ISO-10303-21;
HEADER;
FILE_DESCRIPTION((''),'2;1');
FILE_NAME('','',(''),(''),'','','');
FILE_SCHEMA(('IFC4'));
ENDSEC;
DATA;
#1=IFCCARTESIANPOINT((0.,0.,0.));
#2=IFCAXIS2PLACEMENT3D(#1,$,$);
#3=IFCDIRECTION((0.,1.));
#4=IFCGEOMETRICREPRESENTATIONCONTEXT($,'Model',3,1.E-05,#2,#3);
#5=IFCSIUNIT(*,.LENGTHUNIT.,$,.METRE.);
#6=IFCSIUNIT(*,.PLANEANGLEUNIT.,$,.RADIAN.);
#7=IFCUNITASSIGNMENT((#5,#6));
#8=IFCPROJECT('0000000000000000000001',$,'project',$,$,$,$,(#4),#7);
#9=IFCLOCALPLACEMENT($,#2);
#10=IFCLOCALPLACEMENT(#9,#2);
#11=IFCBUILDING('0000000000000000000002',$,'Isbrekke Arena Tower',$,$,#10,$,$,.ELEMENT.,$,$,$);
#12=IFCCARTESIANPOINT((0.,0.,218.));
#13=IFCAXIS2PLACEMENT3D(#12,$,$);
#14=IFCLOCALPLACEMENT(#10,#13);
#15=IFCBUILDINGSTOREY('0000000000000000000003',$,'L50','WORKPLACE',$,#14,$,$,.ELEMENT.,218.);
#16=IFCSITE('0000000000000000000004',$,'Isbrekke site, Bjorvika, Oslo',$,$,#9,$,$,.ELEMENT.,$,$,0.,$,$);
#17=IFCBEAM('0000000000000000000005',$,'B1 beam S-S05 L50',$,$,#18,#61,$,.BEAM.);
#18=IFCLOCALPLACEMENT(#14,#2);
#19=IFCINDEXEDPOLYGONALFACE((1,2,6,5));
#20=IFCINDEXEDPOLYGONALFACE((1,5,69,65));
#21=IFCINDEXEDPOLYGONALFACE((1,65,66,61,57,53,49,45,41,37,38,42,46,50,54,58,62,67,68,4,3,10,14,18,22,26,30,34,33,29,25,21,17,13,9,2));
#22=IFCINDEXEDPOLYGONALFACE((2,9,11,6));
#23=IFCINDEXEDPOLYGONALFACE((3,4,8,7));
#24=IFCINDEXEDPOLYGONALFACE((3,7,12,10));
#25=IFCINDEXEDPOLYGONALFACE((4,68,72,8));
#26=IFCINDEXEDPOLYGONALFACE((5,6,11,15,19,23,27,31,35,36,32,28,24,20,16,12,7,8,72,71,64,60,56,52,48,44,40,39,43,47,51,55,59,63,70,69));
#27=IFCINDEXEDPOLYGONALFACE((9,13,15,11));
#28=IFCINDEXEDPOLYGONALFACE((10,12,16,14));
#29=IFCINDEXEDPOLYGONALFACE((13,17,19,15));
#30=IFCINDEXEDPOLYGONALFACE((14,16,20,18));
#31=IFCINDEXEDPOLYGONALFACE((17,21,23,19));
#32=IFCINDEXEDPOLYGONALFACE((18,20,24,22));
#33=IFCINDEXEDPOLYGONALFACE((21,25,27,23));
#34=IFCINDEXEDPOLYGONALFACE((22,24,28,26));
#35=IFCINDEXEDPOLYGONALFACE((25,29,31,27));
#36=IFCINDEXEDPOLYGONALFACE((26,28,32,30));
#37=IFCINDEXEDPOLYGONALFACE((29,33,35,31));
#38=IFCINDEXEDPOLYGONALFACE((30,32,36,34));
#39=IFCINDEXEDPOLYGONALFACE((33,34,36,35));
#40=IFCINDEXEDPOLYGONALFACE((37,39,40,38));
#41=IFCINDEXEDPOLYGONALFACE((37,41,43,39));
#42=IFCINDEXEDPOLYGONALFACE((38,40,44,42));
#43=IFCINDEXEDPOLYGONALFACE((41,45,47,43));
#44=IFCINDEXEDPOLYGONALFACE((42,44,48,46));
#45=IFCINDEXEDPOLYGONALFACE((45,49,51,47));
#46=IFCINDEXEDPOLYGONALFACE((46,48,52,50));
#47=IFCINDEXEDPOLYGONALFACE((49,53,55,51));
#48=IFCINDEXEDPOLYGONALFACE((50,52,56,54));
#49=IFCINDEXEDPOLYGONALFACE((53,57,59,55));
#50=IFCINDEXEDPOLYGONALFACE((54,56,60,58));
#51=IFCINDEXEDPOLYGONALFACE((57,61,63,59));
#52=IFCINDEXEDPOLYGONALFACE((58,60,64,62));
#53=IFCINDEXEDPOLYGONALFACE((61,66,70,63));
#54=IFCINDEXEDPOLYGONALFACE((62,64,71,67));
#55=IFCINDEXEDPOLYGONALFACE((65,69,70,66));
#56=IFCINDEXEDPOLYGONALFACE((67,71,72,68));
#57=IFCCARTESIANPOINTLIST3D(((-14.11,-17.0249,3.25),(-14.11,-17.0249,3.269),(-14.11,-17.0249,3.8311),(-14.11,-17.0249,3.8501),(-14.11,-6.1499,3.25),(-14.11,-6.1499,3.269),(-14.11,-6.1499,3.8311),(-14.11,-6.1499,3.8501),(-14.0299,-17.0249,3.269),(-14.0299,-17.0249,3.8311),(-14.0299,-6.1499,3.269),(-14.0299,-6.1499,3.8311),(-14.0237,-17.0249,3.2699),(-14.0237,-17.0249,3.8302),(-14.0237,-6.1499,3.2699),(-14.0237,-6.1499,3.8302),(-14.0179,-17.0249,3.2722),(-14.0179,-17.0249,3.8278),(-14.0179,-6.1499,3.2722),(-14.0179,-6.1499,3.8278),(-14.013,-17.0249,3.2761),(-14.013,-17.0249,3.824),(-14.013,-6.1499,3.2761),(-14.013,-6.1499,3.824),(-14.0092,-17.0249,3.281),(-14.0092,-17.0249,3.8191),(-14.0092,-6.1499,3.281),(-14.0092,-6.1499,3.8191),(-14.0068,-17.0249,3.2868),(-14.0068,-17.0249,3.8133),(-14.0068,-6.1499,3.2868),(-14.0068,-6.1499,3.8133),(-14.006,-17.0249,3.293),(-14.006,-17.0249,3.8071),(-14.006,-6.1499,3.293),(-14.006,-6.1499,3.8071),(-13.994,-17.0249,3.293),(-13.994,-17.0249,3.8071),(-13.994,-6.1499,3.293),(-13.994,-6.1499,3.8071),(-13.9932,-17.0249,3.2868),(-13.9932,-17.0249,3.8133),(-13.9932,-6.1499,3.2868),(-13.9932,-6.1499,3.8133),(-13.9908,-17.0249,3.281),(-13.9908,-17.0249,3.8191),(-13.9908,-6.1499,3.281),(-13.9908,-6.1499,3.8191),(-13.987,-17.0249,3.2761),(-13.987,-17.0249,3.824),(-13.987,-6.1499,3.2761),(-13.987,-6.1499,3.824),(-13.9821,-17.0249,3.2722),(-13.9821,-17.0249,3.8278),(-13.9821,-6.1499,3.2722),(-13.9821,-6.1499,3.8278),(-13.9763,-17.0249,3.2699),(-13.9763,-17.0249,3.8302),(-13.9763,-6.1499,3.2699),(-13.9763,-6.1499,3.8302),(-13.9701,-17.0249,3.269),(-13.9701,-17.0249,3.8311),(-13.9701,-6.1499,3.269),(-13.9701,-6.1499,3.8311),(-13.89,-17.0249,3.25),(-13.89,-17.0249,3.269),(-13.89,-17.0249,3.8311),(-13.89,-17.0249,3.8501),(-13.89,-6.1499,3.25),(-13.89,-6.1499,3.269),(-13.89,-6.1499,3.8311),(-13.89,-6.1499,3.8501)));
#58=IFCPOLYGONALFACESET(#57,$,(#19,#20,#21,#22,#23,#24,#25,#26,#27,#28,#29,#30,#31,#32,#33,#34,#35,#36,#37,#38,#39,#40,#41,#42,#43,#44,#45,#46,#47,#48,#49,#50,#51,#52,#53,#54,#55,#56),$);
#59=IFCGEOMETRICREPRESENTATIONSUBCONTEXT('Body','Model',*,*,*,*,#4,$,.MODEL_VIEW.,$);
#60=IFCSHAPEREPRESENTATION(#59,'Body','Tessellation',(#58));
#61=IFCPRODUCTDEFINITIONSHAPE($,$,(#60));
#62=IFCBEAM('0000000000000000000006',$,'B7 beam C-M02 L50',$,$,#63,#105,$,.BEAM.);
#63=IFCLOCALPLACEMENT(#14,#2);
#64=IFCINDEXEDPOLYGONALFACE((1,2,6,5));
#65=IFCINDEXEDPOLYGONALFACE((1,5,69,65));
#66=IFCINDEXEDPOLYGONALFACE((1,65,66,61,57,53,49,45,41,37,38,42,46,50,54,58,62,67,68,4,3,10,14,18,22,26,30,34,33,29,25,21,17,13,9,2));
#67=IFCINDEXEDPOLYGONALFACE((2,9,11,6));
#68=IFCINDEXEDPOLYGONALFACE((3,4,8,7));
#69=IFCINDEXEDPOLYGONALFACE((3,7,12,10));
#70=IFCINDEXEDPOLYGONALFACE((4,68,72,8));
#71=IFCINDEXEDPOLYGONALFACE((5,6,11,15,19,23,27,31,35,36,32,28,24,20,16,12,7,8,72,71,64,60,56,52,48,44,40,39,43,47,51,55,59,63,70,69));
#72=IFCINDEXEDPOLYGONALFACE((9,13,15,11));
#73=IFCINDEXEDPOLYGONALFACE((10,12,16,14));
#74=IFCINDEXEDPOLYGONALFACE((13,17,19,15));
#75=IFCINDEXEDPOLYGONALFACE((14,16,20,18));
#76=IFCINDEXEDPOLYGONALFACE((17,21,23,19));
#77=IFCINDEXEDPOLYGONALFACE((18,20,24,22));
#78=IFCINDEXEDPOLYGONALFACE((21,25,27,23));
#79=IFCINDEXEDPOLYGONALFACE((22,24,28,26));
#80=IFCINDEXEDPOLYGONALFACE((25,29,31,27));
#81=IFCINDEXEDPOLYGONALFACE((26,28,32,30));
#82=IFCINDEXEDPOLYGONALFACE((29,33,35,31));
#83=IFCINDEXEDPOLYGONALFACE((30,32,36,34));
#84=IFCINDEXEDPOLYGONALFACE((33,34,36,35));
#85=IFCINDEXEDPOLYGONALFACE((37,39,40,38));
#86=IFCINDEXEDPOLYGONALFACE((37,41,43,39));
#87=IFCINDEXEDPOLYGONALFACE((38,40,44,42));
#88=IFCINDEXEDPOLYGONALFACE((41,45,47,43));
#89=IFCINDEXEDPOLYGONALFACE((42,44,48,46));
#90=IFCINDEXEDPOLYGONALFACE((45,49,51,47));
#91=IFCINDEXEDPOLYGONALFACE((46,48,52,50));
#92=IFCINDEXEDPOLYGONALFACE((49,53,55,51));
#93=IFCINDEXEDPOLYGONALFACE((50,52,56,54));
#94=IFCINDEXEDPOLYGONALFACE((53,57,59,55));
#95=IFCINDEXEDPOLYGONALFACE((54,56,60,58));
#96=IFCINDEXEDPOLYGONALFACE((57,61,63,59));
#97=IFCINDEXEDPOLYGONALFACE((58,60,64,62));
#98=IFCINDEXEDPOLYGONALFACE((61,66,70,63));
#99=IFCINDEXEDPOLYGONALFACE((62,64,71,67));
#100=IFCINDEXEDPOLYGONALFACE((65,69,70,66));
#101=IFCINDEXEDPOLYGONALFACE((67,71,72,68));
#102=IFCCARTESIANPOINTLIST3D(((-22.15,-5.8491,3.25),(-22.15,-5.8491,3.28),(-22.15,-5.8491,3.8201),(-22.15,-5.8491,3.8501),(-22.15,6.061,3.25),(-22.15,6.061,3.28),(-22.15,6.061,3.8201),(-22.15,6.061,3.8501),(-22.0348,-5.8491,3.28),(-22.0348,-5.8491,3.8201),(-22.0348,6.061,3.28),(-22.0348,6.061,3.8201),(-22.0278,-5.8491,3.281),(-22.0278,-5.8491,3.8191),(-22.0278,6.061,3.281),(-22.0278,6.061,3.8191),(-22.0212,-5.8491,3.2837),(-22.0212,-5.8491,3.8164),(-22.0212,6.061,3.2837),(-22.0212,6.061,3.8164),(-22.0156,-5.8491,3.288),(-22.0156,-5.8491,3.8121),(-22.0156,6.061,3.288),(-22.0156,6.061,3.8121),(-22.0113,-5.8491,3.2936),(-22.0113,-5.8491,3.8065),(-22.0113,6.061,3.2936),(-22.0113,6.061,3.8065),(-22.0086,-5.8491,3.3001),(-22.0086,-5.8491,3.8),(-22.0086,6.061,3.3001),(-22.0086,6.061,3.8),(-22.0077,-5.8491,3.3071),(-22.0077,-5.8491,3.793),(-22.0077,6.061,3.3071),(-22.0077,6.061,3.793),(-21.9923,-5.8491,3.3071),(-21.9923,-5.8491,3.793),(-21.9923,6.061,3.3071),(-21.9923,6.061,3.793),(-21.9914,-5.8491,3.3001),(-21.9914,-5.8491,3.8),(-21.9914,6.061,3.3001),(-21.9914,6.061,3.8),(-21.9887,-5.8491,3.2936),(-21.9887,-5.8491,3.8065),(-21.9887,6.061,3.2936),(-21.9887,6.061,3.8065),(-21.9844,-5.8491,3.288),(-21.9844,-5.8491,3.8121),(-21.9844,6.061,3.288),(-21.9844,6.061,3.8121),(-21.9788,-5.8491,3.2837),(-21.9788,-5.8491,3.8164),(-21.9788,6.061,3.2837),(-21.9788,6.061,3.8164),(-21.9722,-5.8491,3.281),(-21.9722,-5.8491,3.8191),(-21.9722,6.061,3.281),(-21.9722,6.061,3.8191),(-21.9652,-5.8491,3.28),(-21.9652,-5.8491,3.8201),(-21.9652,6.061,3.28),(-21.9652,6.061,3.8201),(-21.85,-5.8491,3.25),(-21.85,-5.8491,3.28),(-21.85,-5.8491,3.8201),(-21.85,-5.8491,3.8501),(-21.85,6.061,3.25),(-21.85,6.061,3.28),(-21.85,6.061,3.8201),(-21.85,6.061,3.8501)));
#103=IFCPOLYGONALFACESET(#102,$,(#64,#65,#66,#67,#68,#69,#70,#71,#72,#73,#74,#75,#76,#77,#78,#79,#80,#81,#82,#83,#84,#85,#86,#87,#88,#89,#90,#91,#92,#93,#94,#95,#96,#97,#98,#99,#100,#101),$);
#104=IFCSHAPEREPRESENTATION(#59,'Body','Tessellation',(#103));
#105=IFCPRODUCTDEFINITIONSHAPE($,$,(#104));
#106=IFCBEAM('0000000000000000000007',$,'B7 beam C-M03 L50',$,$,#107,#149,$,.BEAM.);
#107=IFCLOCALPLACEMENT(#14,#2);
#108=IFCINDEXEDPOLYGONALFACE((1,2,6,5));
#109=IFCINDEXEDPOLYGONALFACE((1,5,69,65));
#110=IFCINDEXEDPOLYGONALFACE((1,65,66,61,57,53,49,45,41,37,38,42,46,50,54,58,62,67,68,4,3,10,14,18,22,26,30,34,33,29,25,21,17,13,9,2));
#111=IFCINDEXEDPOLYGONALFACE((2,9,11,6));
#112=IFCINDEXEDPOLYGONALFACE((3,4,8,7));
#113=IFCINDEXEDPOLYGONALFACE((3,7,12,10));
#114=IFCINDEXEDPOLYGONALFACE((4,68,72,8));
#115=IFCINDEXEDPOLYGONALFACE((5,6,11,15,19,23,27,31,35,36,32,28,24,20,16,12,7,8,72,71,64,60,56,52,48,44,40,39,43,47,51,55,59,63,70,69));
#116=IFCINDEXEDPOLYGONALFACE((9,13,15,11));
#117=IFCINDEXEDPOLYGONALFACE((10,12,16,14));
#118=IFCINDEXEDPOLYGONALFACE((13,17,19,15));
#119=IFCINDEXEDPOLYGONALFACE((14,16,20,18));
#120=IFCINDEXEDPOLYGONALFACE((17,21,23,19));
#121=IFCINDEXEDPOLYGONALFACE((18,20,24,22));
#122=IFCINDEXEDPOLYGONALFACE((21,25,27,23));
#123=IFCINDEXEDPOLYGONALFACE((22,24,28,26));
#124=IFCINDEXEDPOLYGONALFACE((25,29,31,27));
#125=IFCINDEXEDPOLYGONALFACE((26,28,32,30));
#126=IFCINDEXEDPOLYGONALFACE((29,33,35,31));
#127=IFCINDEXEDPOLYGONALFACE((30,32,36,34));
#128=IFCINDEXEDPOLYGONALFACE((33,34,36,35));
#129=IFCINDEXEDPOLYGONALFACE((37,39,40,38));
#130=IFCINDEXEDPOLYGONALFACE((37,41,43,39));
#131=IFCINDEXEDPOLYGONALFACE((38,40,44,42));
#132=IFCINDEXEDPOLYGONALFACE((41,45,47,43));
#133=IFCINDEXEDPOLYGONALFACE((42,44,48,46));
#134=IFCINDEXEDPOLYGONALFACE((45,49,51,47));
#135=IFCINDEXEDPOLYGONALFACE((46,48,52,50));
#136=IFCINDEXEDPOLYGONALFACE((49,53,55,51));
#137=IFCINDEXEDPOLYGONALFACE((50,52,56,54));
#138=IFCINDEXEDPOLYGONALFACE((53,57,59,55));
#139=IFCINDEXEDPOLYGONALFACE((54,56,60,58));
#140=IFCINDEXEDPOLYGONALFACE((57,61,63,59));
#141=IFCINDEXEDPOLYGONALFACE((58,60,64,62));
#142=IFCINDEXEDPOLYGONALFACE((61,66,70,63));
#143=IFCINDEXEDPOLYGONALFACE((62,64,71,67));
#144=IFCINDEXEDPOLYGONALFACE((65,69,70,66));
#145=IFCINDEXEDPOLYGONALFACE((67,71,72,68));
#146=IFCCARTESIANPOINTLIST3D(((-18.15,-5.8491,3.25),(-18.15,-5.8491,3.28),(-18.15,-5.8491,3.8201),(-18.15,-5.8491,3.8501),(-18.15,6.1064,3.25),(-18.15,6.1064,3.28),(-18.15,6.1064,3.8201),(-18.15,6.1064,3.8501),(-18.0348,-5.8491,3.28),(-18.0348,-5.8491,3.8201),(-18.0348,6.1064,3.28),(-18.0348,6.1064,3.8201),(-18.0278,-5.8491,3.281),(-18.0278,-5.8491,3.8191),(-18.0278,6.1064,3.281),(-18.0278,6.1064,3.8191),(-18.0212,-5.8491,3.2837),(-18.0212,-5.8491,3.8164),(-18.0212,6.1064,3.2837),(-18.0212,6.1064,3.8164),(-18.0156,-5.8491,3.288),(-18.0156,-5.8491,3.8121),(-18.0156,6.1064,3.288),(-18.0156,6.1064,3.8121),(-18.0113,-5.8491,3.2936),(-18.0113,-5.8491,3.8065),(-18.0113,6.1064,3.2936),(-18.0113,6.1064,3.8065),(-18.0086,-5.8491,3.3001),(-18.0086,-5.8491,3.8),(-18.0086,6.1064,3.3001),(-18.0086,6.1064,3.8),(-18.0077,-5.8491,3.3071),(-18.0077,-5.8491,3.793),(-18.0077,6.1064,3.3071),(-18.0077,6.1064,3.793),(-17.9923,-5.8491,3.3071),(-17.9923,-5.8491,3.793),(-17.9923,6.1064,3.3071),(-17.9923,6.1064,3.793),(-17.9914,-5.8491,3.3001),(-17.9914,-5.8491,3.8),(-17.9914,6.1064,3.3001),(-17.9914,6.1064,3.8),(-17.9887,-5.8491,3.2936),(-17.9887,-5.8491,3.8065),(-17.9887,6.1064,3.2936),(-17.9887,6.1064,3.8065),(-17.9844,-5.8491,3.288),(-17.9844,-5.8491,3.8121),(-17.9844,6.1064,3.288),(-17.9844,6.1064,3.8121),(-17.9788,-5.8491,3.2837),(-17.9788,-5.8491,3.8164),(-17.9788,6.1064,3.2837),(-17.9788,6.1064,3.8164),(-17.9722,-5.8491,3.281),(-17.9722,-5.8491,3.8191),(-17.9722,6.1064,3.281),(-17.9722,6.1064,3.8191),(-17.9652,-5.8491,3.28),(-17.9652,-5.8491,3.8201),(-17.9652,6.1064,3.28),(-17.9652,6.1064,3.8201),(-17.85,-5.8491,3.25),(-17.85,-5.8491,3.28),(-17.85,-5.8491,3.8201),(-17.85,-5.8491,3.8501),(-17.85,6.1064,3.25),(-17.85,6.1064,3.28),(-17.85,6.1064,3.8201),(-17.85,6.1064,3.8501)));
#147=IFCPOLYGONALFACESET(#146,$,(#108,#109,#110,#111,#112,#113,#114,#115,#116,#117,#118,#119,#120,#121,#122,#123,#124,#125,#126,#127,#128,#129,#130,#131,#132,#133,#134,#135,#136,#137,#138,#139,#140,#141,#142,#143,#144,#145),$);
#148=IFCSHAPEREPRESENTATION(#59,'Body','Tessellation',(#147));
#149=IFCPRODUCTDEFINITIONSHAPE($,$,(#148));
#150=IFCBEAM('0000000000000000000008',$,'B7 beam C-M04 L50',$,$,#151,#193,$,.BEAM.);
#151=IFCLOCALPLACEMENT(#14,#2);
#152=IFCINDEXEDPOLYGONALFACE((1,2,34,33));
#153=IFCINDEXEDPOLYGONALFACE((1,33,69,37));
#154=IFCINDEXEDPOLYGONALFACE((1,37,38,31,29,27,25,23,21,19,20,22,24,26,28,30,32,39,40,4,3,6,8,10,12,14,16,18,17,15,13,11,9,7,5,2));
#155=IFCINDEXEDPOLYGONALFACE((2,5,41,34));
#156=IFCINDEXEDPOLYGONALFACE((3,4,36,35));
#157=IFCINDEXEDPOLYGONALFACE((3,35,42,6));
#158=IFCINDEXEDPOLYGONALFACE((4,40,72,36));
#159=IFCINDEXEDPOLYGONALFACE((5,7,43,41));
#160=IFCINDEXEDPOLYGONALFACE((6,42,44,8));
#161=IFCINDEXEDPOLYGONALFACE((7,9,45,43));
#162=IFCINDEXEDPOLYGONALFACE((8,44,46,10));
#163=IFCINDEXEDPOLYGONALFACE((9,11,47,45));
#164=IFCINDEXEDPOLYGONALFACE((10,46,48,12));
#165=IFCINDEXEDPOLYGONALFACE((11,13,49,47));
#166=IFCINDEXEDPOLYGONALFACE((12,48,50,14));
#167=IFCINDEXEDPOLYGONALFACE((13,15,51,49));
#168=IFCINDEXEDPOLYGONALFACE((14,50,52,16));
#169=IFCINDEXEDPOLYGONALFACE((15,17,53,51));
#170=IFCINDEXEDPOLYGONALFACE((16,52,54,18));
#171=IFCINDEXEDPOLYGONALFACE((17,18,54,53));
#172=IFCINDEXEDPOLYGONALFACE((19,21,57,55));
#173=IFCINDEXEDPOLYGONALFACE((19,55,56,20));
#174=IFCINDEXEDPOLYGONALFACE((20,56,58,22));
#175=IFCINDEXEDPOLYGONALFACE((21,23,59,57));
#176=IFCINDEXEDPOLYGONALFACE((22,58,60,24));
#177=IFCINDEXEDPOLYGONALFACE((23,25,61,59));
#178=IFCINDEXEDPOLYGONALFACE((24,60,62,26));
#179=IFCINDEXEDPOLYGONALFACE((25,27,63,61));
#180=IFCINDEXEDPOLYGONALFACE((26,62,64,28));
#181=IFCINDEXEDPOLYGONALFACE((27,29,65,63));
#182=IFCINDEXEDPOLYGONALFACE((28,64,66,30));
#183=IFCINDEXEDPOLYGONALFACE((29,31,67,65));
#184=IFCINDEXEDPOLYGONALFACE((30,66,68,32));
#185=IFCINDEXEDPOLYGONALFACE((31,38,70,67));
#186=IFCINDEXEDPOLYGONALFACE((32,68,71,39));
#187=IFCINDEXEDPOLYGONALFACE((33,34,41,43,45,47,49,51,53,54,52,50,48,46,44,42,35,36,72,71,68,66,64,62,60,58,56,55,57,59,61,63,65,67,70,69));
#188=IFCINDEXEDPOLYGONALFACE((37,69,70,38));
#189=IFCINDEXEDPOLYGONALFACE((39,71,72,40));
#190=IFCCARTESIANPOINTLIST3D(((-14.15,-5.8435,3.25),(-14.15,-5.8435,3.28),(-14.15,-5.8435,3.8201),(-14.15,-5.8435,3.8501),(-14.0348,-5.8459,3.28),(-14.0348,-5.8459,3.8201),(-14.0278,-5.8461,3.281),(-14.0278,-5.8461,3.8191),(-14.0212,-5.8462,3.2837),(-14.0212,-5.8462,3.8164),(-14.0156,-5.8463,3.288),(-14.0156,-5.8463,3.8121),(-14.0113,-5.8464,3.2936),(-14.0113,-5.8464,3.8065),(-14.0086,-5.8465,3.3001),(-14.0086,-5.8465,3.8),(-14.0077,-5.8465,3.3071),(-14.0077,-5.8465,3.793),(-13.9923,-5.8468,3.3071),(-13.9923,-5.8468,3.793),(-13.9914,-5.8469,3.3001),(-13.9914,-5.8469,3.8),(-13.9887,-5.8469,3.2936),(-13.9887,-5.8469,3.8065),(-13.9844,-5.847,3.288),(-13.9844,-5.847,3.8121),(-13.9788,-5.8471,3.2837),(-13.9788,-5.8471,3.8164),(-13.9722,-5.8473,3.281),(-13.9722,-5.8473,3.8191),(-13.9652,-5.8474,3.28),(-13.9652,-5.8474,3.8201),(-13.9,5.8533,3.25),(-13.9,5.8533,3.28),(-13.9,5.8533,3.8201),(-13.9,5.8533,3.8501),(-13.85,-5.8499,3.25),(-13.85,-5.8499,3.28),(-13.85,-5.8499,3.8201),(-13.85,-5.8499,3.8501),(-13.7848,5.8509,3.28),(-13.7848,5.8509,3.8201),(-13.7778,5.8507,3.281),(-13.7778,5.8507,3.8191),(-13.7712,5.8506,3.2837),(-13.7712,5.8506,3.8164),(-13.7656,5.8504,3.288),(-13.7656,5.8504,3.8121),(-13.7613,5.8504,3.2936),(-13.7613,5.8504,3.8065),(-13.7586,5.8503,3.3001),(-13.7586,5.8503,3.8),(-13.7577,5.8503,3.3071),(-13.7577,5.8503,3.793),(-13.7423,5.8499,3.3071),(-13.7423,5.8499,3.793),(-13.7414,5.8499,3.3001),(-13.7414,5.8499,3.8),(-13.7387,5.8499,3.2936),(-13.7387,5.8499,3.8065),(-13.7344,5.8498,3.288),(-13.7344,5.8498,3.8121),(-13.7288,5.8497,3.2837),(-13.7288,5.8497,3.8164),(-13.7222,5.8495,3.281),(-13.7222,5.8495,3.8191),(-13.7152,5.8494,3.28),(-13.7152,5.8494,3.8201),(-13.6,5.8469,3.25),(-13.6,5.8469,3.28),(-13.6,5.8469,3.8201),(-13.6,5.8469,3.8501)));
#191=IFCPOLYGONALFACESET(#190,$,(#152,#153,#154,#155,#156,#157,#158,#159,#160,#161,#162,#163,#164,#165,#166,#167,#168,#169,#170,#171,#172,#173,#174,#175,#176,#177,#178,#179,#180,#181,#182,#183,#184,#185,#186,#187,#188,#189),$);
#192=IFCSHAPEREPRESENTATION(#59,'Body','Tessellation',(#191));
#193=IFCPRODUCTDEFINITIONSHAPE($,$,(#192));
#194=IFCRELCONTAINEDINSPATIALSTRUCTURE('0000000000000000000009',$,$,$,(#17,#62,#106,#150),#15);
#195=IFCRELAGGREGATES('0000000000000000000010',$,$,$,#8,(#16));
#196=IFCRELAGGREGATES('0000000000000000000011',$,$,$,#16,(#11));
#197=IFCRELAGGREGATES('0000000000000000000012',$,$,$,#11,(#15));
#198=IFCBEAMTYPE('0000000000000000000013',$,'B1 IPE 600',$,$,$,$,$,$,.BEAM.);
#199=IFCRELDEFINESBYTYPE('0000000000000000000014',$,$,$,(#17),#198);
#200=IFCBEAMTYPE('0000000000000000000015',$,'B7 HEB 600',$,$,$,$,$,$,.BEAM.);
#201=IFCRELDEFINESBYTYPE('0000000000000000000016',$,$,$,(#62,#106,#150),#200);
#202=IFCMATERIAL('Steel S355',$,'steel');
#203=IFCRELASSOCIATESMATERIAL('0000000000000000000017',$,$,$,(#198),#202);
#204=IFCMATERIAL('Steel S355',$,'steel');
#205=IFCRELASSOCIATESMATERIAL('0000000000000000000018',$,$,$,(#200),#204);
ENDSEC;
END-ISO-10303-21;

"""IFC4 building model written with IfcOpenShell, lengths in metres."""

from ifc_helpers import new_model, si_unit, direction, frame, origin, origin_2d, place, context, subcontext, project, spatial, i_section, extrude, material, material_profile, profile_set, type_object, element, save


model = new_model("IFC4")

# Units and contexts
model_context = context("Model", 3, precision=1e-05, world=origin(), true_north=direction((0.0, 1.0)))
body_context = subcontext(model_context, "Body", "Model", "MODEL_VIEW")
ifc_project = project(units=[si_unit("LENGTHUNIT", "METRE"), si_unit("PLANEANGLEUNIT", "RADIAN")], contexts=[model_context])

# Site, building, storey
site_placement = place(None, origin())
site = spatial("IfcSite", under=ifc_project, at=site_placement, Name="Isbrekke site, Bjorvika, Oslo", CompositionType="ELEMENT", RefElevation=0.0)
building_placement = place(site_placement, origin())
building = spatial("IfcBuilding", under=site, at=building_placement, Name="Isbrekke Arena Tower", CompositionType="ELEMENT")
storey_placement = place(building_placement, frame((0.0, 0.0, 218.0)))
storey = spatial("IfcBuildingStorey", under=building, at=storey_placement, Name="L50", Description="WORKPLACE", CompositionType="ELEMENT", Elevation=218.0)

# Beams
ifc_material_1 = material(Name="Steel S355", Category="steel")
ifc_material_profile_1 = material_profile(ifc_material_1, i_section(OverallWidth=0.22, OverallDepth=0.6001, WebThickness=0.012, FlangeThickness=0.019, FilletRadius=0.0239, at=origin_2d()), Name="IPE 600")
ifc_profile_set_1 = profile_set([ifc_material_profile_1], Name="Steel S355")
beam_type_1 = type_object("IfcBeamType", Name="B1 IPE 600", PredefinedType="BEAM", material=ifc_profile_set_1)
beam_1_placement = place(storey_placement, frame((-14.0, -17.0249, 3.55), z_axis=(0.0, 1.0, 0.0), x_axis=(-1.0, 0.0, 0.0)))
element("IfcBeam", 1, at=beam_1_placement, inside=storey, type_object=beam_type_1, Name="B1 beam S-S05 L50", PredefinedType="BEAM", context=body_context, shape_type="SweptSolid", body=[
    extrude(i_section(OverallWidth=0.22, OverallDepth=0.6001, WebThickness=0.012, FlangeThickness=0.019, FilletRadius=0.0239, at=origin_2d()), origin(), (0.0, 0.0, 1.0), 10.875),
])
ifc_material_2 = material(Name="Steel S355", Category="steel")
ifc_material_profile_2 = material_profile(ifc_material_2, i_section(OverallWidth=0.3, OverallDepth=0.6001, WebThickness=0.0154, FlangeThickness=0.03, FilletRadius=0.0271, at=origin_2d()), Name="HEB 600")
ifc_profile_set_2 = profile_set([ifc_material_profile_2], Name="Steel S355")
beam_type_2 = type_object("IfcBeamType", Name="B7 HEB 600", PredefinedType="BEAM", material=ifc_profile_set_2)
beam_2_placement = place(storey_placement, frame((-22.0, -5.8491, 3.55), z_axis=(0.0, 1.0, 0.0), x_axis=(-1.0, 0.0, 0.0)))
element("IfcBeam", 2, at=beam_2_placement, inside=storey, type_object=beam_type_2, Name="B7 beam C-M02 L50", PredefinedType="BEAM", context=body_context, shape_type="SweptSolid", body=[
    extrude(i_section(OverallWidth=0.3, OverallDepth=0.6001, WebThickness=0.0154, FlangeThickness=0.03, FilletRadius=0.0271, at=origin_2d()), origin(), (0.0, 0.0, 1.0), 11.9102),
])
beam_3_placement = place(storey_placement, frame((-18.0, -5.8491, 3.55), z_axis=(0.0, 1.0, 0.0), x_axis=(-1.0, 0.0, 0.0)))
element("IfcBeam", 3, at=beam_3_placement, inside=storey, type_object=beam_type_2, Name="B7 beam C-M03 L50", PredefinedType="BEAM", context=body_context, shape_type="SweptSolid", body=[
    extrude(i_section(OverallWidth=0.3, OverallDepth=0.6001, WebThickness=0.0154, FlangeThickness=0.03, FilletRadius=0.0271, at=origin_2d()), origin(), (0.0, 0.0, 1.0), 11.9556),
])
beam_4_placement = place(storey_placement, frame((-14.0, -5.8467, 3.55), z_axis=(0.021369, 0.999772, 0.0), x_axis=(-0.999772, 0.021369, 0.0)))
element("IfcBeam", 4, at=beam_4_placement, inside=storey, type_object=beam_type_2, Name="B7 beam C-M04 L50", PredefinedType="BEAM", context=body_context, shape_type="SweptSolid", body=[
    extrude(i_section(OverallWidth=0.3, OverallDepth=0.6001, WebThickness=0.0154, FlangeThickness=0.03, FilletRadius=0.0271, at=origin_2d()), origin(), (0.0, 0.0, 1.0), 11.6995),
])

save(model, "model.ifc")
